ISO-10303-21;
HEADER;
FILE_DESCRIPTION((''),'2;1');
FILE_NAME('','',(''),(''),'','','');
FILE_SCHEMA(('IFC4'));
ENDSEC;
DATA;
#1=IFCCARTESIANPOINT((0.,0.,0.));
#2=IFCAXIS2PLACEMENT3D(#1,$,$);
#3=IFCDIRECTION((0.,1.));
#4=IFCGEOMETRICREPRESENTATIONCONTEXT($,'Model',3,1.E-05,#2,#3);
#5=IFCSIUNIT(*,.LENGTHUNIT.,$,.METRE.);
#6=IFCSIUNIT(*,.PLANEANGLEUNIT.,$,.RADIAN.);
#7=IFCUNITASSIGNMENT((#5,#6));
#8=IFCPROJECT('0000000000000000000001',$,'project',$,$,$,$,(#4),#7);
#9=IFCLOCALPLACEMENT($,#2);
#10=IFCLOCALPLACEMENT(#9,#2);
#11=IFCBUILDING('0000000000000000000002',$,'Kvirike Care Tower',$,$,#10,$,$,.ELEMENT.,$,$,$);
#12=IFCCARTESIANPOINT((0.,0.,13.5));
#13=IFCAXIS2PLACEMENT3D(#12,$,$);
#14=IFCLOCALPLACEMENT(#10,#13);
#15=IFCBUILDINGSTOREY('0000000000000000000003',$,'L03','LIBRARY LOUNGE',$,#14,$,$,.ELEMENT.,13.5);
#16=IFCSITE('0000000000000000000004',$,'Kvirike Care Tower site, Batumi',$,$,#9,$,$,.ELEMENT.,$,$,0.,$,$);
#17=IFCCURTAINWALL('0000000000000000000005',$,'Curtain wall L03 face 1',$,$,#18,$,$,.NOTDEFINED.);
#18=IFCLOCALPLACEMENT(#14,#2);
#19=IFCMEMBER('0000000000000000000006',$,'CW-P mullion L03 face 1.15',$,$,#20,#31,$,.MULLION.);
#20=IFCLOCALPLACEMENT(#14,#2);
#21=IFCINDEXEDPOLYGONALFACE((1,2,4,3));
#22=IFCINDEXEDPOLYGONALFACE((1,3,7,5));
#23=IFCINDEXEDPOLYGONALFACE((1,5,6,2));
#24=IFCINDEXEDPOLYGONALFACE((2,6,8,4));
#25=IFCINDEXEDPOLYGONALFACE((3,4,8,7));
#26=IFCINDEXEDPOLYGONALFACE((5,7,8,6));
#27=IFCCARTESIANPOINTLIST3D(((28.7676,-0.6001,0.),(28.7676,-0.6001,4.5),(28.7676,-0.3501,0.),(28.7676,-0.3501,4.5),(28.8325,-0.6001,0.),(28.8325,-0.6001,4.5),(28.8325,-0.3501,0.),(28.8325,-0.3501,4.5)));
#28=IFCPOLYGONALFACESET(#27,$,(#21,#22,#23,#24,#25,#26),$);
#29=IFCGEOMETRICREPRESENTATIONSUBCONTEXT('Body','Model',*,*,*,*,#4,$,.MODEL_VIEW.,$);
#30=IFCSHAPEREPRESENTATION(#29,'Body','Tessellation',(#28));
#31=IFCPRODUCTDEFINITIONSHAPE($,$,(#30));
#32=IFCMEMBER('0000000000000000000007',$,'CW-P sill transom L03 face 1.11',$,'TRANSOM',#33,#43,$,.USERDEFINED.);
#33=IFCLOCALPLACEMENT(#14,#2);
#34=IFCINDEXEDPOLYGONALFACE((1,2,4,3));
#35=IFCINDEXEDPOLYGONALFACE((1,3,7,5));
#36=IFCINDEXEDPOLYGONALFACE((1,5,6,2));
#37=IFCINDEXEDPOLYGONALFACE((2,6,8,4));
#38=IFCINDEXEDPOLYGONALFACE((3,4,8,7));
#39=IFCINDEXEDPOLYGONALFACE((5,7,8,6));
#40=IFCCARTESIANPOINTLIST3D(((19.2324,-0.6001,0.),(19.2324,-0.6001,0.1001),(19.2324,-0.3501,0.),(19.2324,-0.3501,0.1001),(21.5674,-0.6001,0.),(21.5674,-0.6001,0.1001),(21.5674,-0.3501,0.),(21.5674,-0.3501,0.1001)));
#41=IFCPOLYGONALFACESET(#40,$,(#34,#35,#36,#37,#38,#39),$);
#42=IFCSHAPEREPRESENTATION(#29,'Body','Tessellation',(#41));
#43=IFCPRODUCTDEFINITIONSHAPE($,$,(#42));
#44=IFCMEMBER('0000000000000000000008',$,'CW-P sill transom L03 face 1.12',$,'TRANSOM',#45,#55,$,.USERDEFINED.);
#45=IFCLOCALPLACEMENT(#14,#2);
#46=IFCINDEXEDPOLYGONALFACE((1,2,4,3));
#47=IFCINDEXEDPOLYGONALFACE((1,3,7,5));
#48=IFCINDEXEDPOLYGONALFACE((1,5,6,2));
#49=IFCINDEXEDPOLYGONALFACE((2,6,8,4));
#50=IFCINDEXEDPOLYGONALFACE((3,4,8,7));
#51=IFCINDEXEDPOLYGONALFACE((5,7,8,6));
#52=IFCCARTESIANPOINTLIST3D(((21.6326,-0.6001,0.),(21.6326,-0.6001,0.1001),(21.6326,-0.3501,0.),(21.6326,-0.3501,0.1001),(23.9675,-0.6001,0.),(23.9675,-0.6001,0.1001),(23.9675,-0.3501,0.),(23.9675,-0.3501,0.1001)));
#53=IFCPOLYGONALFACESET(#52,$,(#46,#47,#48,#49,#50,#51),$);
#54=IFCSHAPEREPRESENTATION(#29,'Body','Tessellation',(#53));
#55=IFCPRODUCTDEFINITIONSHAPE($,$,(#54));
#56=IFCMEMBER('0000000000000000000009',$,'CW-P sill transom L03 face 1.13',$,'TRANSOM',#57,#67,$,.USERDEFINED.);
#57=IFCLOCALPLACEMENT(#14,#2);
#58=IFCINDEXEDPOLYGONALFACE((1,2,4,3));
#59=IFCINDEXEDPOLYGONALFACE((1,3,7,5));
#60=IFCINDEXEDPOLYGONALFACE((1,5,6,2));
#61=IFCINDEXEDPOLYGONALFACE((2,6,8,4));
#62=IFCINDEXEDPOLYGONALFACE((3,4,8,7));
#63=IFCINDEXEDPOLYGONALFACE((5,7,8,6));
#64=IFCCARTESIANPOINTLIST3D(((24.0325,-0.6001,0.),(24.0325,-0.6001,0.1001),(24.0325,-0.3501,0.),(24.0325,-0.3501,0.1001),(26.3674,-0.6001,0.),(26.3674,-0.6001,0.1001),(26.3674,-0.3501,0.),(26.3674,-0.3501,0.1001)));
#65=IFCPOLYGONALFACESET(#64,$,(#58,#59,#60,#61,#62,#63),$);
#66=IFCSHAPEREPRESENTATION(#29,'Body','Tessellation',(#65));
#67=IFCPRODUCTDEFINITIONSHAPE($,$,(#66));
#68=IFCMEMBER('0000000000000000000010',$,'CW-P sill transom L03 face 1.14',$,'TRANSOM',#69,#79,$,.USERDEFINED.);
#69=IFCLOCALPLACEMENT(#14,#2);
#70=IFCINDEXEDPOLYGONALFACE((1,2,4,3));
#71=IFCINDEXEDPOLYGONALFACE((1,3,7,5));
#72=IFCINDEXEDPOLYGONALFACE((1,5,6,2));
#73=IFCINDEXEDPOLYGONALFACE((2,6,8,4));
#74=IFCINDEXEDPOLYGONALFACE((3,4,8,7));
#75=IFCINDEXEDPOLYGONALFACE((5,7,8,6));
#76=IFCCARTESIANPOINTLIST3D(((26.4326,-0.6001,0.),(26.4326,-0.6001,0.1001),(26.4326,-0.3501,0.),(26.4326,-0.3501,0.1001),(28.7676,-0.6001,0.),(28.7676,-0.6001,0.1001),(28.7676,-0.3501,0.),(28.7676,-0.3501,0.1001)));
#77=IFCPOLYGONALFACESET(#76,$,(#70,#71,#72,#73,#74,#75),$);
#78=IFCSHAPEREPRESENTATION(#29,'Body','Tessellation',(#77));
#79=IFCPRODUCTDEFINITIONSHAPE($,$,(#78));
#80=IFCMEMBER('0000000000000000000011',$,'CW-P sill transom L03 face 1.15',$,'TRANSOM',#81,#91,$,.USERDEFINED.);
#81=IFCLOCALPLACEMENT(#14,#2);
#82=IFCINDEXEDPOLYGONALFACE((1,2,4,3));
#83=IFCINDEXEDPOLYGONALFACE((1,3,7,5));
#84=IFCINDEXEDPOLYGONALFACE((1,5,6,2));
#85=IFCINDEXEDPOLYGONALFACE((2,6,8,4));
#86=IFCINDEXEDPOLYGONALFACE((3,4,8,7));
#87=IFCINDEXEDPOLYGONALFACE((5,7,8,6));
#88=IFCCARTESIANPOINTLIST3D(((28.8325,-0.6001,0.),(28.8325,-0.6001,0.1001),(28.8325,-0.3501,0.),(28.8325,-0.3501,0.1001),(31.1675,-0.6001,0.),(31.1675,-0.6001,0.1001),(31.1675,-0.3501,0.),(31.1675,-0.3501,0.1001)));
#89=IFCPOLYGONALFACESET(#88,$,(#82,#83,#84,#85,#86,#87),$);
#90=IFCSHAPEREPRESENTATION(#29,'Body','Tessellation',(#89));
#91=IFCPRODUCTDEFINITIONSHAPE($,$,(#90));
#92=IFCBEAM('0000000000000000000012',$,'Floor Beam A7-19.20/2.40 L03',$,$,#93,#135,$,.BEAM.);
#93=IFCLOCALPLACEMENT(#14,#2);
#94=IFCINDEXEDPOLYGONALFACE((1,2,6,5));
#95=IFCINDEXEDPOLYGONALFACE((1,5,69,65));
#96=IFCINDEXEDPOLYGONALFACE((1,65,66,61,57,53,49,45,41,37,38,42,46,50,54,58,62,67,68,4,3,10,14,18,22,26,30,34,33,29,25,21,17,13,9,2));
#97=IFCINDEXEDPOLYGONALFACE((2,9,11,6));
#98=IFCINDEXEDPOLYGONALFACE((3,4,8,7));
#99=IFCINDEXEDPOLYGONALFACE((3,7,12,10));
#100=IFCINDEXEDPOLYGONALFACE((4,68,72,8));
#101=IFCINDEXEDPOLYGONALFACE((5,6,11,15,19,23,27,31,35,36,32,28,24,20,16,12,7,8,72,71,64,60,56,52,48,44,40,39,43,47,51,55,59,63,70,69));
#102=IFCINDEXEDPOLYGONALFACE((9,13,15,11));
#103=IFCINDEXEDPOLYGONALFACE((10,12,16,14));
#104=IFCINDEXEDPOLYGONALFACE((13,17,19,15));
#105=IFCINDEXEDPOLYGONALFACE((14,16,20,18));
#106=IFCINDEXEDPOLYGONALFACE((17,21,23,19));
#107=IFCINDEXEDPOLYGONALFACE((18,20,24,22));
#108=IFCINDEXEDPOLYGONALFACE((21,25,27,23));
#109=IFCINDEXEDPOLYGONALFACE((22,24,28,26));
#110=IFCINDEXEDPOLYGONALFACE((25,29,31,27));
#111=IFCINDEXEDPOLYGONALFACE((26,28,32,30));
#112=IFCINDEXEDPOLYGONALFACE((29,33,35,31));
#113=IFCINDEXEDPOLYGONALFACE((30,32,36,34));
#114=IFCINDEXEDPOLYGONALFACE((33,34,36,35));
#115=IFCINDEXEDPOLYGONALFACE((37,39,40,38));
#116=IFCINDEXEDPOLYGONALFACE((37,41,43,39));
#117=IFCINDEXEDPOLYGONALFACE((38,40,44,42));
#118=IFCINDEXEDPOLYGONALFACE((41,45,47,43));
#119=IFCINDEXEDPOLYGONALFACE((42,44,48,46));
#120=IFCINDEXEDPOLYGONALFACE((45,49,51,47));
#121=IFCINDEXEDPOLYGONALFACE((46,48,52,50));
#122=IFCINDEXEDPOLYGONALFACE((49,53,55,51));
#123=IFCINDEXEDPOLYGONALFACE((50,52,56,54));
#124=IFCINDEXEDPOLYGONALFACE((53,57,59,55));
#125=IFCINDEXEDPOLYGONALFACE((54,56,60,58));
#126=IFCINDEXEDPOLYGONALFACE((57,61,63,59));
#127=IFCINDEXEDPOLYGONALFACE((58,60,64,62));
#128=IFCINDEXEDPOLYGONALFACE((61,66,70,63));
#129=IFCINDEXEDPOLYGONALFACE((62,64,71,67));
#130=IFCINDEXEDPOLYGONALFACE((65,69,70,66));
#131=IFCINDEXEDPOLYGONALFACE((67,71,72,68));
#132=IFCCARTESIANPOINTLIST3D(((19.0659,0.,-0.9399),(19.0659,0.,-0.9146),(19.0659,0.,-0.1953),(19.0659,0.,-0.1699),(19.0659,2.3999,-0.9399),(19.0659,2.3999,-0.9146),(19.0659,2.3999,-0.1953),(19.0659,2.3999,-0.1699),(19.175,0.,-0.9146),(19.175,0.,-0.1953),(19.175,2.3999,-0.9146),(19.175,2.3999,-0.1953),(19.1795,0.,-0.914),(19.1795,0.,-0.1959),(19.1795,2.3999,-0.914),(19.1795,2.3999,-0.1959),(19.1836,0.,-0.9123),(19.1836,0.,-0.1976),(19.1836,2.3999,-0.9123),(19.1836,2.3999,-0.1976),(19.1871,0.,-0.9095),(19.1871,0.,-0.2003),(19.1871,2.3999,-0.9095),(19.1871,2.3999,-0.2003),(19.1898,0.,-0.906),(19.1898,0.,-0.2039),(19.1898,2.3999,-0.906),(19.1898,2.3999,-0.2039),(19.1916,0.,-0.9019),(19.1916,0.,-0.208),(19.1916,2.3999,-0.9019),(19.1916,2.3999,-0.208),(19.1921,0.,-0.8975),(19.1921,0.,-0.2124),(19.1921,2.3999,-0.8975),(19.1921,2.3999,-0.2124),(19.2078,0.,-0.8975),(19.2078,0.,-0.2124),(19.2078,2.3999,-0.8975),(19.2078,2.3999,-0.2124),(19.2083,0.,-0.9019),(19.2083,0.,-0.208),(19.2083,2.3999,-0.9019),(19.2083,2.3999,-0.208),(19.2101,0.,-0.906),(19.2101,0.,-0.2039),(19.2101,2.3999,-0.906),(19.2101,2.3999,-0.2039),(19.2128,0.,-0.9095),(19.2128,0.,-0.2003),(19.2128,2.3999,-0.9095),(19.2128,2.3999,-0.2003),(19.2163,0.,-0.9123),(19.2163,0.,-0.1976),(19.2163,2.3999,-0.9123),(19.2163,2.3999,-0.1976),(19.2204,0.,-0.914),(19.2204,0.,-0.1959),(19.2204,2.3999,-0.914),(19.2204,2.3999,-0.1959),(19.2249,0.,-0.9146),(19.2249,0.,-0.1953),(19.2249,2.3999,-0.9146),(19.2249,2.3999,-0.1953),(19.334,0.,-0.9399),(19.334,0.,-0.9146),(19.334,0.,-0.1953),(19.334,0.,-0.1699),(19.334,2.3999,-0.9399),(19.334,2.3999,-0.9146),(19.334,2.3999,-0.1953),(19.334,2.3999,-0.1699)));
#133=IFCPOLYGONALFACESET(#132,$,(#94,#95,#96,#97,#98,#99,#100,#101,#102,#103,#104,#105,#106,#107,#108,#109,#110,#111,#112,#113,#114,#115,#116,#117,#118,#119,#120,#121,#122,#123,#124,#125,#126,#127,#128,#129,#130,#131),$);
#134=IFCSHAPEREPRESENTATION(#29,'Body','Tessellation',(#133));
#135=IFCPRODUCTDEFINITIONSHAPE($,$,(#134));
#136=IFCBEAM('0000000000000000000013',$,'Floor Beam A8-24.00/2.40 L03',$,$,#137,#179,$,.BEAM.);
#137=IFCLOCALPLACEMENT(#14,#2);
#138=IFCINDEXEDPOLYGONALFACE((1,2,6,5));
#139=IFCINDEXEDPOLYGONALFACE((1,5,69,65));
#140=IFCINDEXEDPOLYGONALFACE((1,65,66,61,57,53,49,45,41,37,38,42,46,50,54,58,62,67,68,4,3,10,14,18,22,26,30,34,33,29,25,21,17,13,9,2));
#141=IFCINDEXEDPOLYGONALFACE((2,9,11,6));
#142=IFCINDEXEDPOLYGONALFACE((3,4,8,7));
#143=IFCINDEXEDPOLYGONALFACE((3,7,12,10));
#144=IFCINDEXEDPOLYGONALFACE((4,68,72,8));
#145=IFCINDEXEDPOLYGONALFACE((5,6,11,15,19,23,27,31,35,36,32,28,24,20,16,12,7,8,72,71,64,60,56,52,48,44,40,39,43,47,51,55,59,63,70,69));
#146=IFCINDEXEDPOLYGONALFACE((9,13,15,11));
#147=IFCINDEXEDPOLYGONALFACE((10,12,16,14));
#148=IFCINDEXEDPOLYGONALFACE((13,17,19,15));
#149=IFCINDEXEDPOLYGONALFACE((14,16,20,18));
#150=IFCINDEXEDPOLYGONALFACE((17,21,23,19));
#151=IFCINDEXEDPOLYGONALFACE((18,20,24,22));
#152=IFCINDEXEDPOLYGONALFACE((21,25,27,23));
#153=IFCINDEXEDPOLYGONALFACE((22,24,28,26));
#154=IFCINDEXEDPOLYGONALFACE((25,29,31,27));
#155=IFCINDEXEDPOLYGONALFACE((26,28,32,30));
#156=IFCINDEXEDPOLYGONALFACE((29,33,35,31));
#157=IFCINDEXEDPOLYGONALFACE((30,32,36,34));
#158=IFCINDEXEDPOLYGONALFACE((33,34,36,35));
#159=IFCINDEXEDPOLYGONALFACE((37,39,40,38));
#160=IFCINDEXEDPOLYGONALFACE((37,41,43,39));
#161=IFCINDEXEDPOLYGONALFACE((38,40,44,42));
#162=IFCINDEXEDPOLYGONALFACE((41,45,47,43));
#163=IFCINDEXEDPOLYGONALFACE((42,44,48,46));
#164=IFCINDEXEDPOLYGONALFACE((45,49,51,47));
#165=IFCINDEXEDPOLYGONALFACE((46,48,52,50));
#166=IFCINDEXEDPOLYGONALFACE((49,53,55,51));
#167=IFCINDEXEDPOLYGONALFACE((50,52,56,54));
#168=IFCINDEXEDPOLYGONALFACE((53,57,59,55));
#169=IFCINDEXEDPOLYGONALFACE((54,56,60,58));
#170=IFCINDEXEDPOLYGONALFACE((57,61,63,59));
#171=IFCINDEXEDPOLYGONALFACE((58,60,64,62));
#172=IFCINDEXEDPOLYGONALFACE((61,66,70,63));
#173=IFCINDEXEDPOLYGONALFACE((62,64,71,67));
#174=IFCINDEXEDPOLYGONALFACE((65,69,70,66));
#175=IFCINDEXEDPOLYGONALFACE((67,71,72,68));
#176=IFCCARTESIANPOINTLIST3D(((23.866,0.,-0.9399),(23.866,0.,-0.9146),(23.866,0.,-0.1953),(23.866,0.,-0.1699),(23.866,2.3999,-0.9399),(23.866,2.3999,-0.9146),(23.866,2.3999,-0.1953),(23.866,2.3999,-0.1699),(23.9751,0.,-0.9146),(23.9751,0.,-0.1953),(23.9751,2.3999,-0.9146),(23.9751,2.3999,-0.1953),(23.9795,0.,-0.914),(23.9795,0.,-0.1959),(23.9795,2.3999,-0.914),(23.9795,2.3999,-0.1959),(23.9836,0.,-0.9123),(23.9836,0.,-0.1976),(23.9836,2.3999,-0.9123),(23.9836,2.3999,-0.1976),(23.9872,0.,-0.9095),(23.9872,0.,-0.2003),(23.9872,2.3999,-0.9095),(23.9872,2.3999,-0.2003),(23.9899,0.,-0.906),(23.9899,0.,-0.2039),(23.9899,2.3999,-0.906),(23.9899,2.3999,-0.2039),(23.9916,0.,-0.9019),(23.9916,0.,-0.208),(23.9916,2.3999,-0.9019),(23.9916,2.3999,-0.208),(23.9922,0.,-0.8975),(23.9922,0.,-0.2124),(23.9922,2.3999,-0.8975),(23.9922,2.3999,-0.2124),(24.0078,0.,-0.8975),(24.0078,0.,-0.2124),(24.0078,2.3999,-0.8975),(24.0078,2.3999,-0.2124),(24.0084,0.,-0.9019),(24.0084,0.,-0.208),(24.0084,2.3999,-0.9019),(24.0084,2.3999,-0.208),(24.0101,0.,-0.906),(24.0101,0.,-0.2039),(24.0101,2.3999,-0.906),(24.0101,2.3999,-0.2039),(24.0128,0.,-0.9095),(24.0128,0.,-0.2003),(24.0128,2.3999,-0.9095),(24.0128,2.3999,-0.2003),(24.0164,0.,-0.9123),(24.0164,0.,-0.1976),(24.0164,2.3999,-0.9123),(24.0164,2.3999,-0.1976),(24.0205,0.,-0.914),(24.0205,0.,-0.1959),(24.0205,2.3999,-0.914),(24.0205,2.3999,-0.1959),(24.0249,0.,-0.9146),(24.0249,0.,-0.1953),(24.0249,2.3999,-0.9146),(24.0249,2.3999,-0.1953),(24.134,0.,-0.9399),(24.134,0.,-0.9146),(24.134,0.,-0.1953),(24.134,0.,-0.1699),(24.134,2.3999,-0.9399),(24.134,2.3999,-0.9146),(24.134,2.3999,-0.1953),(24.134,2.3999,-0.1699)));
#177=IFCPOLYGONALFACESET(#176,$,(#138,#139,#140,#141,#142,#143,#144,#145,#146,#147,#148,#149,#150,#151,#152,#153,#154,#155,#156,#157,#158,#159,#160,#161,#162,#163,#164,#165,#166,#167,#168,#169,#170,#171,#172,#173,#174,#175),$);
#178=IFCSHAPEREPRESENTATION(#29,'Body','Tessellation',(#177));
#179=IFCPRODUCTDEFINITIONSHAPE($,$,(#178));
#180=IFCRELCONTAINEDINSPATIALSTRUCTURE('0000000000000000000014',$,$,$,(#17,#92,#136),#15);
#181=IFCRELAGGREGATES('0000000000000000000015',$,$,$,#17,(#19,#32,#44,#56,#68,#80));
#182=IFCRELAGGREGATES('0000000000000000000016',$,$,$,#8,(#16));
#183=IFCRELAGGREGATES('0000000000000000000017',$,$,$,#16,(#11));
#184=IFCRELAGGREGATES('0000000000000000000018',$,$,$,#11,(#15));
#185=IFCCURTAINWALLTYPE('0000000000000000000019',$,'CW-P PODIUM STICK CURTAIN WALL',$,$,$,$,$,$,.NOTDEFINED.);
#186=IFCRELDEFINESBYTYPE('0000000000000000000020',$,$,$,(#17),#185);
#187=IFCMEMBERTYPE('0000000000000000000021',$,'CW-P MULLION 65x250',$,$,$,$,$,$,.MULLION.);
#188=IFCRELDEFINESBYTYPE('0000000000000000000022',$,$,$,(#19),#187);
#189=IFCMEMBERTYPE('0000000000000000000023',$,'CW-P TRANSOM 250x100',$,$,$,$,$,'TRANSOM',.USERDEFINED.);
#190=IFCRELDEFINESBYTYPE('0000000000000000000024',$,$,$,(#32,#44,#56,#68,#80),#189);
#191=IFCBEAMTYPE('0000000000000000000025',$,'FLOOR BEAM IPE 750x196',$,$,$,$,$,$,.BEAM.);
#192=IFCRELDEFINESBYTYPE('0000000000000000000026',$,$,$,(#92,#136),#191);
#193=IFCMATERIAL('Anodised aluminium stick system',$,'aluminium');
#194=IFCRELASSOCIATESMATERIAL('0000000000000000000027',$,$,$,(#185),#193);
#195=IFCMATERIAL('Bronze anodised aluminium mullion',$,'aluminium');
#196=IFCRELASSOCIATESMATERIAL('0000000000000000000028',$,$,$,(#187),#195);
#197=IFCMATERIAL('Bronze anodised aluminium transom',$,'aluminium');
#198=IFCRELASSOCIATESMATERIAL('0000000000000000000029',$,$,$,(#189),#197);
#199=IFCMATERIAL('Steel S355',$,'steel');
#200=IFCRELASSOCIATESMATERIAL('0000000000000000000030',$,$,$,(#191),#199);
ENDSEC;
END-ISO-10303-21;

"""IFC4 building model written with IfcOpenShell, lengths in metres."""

from ifc_helpers import new_model, si_unit, direction, frame, origin, origin_2d, place, context, subcontext, project, spatial, rectangle, i_section, extrude, material, material_profile, profile_set, type_object, element, aggregate, save


model = new_model("IFC4")

# Units and contexts
model_context = context("Model", 3, precision=1e-05, world=origin(), true_north=direction((0.0, 1.0)))
body_context = subcontext(model_context, "Body", "Model", "MODEL_VIEW")
ifc_project = project(units=[si_unit("LENGTHUNIT", "METRE"), si_unit("PLANEANGLEUNIT", "RADIAN")], contexts=[model_context])

# Site, building, storey
site_placement = place(None, origin())
site = spatial("IfcSite", under=ifc_project, at=site_placement, Name="Kvirike Care Tower site, Batumi", CompositionType="ELEMENT", RefElevation=0.0)
building_placement = place(site_placement, origin())
building = spatial("IfcBuilding", under=site, at=building_placement, Name="Kvirike Care Tower", CompositionType="ELEMENT")
storey_placement = place(building_placement, frame((0.0, 0.0, 13.5)))
storey = spatial("IfcBuildingStorey", under=building, at=storey_placement, Name="L03", Description="LIBRARY LOUNGE", CompositionType="ELEMENT", Elevation=13.5)

# Curtain wall, members
ifc_material_1 = material(Name="Anodised aluminium stick system", Category="aluminium")
curtain_wall_type = type_object("IfcCurtainWallType", Name="CW-P PODIUM STICK CURTAIN WALL", PredefinedType="NOTDEFINED", material=ifc_material_1)
curtain_wall_placement = place(storey_placement, origin())
curtain_wall = element("IfcCurtainWall", 1, at=curtain_wall_placement, inside=storey, type_object=curtain_wall_type, Name="Curtain wall L03 face 1", PredefinedType="NOTDEFINED")
ifc_material_2 = material(Name="Bronze anodised aluminium mullion", Category="aluminium")
ifc_material_profile_1 = material_profile(ifc_material_2, rectangle(XDim=0.0649, YDim=0.25, at=origin_2d()), Name="CW-P MULLION 65x250")
ifc_profile_set_1 = profile_set([ifc_material_profile_1], Name="Bronze anodised aluminium mullion")
member_type_1 = type_object("IfcMemberType", Name="CW-P MULLION 65x250", PredefinedType="MULLION", material=ifc_profile_set_1)
member_1_placement = place(storey_placement, frame((28.8, -0.4751, 0.0), z_axis=(0.0, 0.0, 1.0), x_axis=(1.0, 0.0, 0.0)))
member_1 = element("IfcMember", 2, at=member_1_placement, type_object=member_type_1, Name="CW-P mullion L03 face 1.15", PredefinedType="MULLION", context=body_context, shape_type="SweptSolid", body=[
    extrude(rectangle(XDim=0.0649, YDim=0.25, at=origin_2d()), origin(), (0.0, 0.0, 1.0), 4.5),
])
ifc_material_3 = material(Name="Bronze anodised aluminium transom", Category="aluminium")
ifc_material_profile_2 = material_profile(ifc_material_3, rectangle(XDim=0.25, YDim=0.1001, at=origin_2d()), Name="CW-P TRANSOM 250x100")
ifc_profile_set_2 = profile_set([ifc_material_profile_2], Name="Bronze anodised aluminium transom")
member_type_2 = type_object("IfcMemberType", Name="CW-P TRANSOM 250x100", ElementType="TRANSOM", PredefinedType="USERDEFINED", material=ifc_profile_set_2)
member_2_placement = place(storey_placement, frame((19.2324, -0.4751, 0.05), z_axis=(1.0, 0.0, 0.0), x_axis=(0.0, 1.0, 0.0)))
member_2 = element("IfcMember", 3, at=member_2_placement, type_object=member_type_2, Name="CW-P sill transom L03 face 1.11", ObjectType="TRANSOM", PredefinedType="USERDEFINED", context=body_context, shape_type="SweptSolid", body=[
    extrude(rectangle(XDim=0.25, YDim=0.1001, at=origin_2d()), origin(), (0.0, 0.0, 1.0), 2.335),
])
member_3_placement = place(storey_placement, frame((21.6326, -0.4751, 0.05), z_axis=(1.0, 0.0, 0.0), x_axis=(0.0, 1.0, 0.0)))
member_3 = element("IfcMember", 4, at=member_3_placement, type_object=member_type_2, Name="CW-P sill transom L03 face 1.12", ObjectType="TRANSOM", PredefinedType="USERDEFINED", context=body_context, shape_type="SweptSolid", body=[
    extrude(rectangle(XDim=0.25, YDim=0.1001, at=origin_2d()), origin(), (0.0, 0.0, 1.0), 2.335),
])
member_4_placement = place(storey_placement, frame((24.0325, -0.4751, 0.05), z_axis=(1.0, 0.0, 0.0), x_axis=(0.0, 1.0, 0.0)))
member_4 = element("IfcMember", 5, at=member_4_placement, type_object=member_type_2, Name="CW-P sill transom L03 face 1.13", ObjectType="TRANSOM", PredefinedType="USERDEFINED", context=body_context, shape_type="SweptSolid", body=[
    extrude(rectangle(XDim=0.25, YDim=0.1001, at=origin_2d()), origin(), (0.0, 0.0, 1.0), 2.335),
])
member_5_placement = place(storey_placement, frame((26.4326, -0.4751, 0.05), z_axis=(1.0, 0.0, 0.0), x_axis=(0.0, 1.0, 0.0)))
member_5 = element("IfcMember", 6, at=member_5_placement, type_object=member_type_2, Name="CW-P sill transom L03 face 1.14", ObjectType="TRANSOM", PredefinedType="USERDEFINED", context=body_context, shape_type="SweptSolid", body=[
    extrude(rectangle(XDim=0.25, YDim=0.1001, at=origin_2d()), origin(), (0.0, 0.0, 1.0), 2.335),
])
member_6_placement = place(storey_placement, frame((28.8325, -0.4751, 0.05), z_axis=(1.0, 0.0, 0.0), x_axis=(0.0, 1.0, 0.0)))
member_6 = element("IfcMember", 7, at=member_6_placement, type_object=member_type_2, Name="CW-P sill transom L03 face 1.15", ObjectType="TRANSOM", PredefinedType="USERDEFINED", context=body_context, shape_type="SweptSolid", body=[
    extrude(rectangle(XDim=0.25, YDim=0.1001, at=origin_2d()), origin(), (0.0, 0.0, 1.0), 2.335),
])

# Beams
ifc_material_4 = material(Name="Steel S355", Category="steel")
ifc_material_profile_3 = material_profile(ifc_material_4, i_section(OverallWidth=0.2681, OverallDepth=0.77, WebThickness=0.0156, FlangeThickness=0.0254, FilletRadius=0.0171, at=origin_2d()), Name="IPE 750x196")
ifc_profile_set_3 = profile_set([ifc_material_profile_3], Name="Steel S355")
beam_type_1 = type_object("IfcBeamType", Name="FLOOR BEAM IPE 750x196", PredefinedType="BEAM", material=ifc_profile_set_3)
for number, where, z_axis, x_axis, name in (
    (8, (19.2, 0.0, -0.5549), (0.0, 1.0, 0.0), (-1.0, 0.0, 0.0), "Floor Beam A7-19.20/2.40 L03"),
    (9, (24.0, 0.0, -0.5549), (0.0, 1.0, 0.0), (-1.0, 0.0, 0.0), "Floor Beam A8-24.00/2.40 L03"),
):
    element("IfcBeam", number, at=place(storey_placement, frame(where, z_axis=z_axis, x_axis=x_axis)), inside=storey, type_object=beam_type_1, Name=name, PredefinedType="BEAM", context=body_context, shape_type="SweptSolid", body=[
        extrude(i_section(OverallWidth=0.2681, OverallDepth=0.77, WebThickness=0.0156, FlangeThickness=0.0254, FilletRadius=0.0171, at=origin_2d()), origin(), (0.0, 0.0, 1.0), 2.3999),
    ])

aggregate(curtain_wall, [member_1, member_2, member_3, member_4, member_5, member_6])

save(model, "model.ifc")
